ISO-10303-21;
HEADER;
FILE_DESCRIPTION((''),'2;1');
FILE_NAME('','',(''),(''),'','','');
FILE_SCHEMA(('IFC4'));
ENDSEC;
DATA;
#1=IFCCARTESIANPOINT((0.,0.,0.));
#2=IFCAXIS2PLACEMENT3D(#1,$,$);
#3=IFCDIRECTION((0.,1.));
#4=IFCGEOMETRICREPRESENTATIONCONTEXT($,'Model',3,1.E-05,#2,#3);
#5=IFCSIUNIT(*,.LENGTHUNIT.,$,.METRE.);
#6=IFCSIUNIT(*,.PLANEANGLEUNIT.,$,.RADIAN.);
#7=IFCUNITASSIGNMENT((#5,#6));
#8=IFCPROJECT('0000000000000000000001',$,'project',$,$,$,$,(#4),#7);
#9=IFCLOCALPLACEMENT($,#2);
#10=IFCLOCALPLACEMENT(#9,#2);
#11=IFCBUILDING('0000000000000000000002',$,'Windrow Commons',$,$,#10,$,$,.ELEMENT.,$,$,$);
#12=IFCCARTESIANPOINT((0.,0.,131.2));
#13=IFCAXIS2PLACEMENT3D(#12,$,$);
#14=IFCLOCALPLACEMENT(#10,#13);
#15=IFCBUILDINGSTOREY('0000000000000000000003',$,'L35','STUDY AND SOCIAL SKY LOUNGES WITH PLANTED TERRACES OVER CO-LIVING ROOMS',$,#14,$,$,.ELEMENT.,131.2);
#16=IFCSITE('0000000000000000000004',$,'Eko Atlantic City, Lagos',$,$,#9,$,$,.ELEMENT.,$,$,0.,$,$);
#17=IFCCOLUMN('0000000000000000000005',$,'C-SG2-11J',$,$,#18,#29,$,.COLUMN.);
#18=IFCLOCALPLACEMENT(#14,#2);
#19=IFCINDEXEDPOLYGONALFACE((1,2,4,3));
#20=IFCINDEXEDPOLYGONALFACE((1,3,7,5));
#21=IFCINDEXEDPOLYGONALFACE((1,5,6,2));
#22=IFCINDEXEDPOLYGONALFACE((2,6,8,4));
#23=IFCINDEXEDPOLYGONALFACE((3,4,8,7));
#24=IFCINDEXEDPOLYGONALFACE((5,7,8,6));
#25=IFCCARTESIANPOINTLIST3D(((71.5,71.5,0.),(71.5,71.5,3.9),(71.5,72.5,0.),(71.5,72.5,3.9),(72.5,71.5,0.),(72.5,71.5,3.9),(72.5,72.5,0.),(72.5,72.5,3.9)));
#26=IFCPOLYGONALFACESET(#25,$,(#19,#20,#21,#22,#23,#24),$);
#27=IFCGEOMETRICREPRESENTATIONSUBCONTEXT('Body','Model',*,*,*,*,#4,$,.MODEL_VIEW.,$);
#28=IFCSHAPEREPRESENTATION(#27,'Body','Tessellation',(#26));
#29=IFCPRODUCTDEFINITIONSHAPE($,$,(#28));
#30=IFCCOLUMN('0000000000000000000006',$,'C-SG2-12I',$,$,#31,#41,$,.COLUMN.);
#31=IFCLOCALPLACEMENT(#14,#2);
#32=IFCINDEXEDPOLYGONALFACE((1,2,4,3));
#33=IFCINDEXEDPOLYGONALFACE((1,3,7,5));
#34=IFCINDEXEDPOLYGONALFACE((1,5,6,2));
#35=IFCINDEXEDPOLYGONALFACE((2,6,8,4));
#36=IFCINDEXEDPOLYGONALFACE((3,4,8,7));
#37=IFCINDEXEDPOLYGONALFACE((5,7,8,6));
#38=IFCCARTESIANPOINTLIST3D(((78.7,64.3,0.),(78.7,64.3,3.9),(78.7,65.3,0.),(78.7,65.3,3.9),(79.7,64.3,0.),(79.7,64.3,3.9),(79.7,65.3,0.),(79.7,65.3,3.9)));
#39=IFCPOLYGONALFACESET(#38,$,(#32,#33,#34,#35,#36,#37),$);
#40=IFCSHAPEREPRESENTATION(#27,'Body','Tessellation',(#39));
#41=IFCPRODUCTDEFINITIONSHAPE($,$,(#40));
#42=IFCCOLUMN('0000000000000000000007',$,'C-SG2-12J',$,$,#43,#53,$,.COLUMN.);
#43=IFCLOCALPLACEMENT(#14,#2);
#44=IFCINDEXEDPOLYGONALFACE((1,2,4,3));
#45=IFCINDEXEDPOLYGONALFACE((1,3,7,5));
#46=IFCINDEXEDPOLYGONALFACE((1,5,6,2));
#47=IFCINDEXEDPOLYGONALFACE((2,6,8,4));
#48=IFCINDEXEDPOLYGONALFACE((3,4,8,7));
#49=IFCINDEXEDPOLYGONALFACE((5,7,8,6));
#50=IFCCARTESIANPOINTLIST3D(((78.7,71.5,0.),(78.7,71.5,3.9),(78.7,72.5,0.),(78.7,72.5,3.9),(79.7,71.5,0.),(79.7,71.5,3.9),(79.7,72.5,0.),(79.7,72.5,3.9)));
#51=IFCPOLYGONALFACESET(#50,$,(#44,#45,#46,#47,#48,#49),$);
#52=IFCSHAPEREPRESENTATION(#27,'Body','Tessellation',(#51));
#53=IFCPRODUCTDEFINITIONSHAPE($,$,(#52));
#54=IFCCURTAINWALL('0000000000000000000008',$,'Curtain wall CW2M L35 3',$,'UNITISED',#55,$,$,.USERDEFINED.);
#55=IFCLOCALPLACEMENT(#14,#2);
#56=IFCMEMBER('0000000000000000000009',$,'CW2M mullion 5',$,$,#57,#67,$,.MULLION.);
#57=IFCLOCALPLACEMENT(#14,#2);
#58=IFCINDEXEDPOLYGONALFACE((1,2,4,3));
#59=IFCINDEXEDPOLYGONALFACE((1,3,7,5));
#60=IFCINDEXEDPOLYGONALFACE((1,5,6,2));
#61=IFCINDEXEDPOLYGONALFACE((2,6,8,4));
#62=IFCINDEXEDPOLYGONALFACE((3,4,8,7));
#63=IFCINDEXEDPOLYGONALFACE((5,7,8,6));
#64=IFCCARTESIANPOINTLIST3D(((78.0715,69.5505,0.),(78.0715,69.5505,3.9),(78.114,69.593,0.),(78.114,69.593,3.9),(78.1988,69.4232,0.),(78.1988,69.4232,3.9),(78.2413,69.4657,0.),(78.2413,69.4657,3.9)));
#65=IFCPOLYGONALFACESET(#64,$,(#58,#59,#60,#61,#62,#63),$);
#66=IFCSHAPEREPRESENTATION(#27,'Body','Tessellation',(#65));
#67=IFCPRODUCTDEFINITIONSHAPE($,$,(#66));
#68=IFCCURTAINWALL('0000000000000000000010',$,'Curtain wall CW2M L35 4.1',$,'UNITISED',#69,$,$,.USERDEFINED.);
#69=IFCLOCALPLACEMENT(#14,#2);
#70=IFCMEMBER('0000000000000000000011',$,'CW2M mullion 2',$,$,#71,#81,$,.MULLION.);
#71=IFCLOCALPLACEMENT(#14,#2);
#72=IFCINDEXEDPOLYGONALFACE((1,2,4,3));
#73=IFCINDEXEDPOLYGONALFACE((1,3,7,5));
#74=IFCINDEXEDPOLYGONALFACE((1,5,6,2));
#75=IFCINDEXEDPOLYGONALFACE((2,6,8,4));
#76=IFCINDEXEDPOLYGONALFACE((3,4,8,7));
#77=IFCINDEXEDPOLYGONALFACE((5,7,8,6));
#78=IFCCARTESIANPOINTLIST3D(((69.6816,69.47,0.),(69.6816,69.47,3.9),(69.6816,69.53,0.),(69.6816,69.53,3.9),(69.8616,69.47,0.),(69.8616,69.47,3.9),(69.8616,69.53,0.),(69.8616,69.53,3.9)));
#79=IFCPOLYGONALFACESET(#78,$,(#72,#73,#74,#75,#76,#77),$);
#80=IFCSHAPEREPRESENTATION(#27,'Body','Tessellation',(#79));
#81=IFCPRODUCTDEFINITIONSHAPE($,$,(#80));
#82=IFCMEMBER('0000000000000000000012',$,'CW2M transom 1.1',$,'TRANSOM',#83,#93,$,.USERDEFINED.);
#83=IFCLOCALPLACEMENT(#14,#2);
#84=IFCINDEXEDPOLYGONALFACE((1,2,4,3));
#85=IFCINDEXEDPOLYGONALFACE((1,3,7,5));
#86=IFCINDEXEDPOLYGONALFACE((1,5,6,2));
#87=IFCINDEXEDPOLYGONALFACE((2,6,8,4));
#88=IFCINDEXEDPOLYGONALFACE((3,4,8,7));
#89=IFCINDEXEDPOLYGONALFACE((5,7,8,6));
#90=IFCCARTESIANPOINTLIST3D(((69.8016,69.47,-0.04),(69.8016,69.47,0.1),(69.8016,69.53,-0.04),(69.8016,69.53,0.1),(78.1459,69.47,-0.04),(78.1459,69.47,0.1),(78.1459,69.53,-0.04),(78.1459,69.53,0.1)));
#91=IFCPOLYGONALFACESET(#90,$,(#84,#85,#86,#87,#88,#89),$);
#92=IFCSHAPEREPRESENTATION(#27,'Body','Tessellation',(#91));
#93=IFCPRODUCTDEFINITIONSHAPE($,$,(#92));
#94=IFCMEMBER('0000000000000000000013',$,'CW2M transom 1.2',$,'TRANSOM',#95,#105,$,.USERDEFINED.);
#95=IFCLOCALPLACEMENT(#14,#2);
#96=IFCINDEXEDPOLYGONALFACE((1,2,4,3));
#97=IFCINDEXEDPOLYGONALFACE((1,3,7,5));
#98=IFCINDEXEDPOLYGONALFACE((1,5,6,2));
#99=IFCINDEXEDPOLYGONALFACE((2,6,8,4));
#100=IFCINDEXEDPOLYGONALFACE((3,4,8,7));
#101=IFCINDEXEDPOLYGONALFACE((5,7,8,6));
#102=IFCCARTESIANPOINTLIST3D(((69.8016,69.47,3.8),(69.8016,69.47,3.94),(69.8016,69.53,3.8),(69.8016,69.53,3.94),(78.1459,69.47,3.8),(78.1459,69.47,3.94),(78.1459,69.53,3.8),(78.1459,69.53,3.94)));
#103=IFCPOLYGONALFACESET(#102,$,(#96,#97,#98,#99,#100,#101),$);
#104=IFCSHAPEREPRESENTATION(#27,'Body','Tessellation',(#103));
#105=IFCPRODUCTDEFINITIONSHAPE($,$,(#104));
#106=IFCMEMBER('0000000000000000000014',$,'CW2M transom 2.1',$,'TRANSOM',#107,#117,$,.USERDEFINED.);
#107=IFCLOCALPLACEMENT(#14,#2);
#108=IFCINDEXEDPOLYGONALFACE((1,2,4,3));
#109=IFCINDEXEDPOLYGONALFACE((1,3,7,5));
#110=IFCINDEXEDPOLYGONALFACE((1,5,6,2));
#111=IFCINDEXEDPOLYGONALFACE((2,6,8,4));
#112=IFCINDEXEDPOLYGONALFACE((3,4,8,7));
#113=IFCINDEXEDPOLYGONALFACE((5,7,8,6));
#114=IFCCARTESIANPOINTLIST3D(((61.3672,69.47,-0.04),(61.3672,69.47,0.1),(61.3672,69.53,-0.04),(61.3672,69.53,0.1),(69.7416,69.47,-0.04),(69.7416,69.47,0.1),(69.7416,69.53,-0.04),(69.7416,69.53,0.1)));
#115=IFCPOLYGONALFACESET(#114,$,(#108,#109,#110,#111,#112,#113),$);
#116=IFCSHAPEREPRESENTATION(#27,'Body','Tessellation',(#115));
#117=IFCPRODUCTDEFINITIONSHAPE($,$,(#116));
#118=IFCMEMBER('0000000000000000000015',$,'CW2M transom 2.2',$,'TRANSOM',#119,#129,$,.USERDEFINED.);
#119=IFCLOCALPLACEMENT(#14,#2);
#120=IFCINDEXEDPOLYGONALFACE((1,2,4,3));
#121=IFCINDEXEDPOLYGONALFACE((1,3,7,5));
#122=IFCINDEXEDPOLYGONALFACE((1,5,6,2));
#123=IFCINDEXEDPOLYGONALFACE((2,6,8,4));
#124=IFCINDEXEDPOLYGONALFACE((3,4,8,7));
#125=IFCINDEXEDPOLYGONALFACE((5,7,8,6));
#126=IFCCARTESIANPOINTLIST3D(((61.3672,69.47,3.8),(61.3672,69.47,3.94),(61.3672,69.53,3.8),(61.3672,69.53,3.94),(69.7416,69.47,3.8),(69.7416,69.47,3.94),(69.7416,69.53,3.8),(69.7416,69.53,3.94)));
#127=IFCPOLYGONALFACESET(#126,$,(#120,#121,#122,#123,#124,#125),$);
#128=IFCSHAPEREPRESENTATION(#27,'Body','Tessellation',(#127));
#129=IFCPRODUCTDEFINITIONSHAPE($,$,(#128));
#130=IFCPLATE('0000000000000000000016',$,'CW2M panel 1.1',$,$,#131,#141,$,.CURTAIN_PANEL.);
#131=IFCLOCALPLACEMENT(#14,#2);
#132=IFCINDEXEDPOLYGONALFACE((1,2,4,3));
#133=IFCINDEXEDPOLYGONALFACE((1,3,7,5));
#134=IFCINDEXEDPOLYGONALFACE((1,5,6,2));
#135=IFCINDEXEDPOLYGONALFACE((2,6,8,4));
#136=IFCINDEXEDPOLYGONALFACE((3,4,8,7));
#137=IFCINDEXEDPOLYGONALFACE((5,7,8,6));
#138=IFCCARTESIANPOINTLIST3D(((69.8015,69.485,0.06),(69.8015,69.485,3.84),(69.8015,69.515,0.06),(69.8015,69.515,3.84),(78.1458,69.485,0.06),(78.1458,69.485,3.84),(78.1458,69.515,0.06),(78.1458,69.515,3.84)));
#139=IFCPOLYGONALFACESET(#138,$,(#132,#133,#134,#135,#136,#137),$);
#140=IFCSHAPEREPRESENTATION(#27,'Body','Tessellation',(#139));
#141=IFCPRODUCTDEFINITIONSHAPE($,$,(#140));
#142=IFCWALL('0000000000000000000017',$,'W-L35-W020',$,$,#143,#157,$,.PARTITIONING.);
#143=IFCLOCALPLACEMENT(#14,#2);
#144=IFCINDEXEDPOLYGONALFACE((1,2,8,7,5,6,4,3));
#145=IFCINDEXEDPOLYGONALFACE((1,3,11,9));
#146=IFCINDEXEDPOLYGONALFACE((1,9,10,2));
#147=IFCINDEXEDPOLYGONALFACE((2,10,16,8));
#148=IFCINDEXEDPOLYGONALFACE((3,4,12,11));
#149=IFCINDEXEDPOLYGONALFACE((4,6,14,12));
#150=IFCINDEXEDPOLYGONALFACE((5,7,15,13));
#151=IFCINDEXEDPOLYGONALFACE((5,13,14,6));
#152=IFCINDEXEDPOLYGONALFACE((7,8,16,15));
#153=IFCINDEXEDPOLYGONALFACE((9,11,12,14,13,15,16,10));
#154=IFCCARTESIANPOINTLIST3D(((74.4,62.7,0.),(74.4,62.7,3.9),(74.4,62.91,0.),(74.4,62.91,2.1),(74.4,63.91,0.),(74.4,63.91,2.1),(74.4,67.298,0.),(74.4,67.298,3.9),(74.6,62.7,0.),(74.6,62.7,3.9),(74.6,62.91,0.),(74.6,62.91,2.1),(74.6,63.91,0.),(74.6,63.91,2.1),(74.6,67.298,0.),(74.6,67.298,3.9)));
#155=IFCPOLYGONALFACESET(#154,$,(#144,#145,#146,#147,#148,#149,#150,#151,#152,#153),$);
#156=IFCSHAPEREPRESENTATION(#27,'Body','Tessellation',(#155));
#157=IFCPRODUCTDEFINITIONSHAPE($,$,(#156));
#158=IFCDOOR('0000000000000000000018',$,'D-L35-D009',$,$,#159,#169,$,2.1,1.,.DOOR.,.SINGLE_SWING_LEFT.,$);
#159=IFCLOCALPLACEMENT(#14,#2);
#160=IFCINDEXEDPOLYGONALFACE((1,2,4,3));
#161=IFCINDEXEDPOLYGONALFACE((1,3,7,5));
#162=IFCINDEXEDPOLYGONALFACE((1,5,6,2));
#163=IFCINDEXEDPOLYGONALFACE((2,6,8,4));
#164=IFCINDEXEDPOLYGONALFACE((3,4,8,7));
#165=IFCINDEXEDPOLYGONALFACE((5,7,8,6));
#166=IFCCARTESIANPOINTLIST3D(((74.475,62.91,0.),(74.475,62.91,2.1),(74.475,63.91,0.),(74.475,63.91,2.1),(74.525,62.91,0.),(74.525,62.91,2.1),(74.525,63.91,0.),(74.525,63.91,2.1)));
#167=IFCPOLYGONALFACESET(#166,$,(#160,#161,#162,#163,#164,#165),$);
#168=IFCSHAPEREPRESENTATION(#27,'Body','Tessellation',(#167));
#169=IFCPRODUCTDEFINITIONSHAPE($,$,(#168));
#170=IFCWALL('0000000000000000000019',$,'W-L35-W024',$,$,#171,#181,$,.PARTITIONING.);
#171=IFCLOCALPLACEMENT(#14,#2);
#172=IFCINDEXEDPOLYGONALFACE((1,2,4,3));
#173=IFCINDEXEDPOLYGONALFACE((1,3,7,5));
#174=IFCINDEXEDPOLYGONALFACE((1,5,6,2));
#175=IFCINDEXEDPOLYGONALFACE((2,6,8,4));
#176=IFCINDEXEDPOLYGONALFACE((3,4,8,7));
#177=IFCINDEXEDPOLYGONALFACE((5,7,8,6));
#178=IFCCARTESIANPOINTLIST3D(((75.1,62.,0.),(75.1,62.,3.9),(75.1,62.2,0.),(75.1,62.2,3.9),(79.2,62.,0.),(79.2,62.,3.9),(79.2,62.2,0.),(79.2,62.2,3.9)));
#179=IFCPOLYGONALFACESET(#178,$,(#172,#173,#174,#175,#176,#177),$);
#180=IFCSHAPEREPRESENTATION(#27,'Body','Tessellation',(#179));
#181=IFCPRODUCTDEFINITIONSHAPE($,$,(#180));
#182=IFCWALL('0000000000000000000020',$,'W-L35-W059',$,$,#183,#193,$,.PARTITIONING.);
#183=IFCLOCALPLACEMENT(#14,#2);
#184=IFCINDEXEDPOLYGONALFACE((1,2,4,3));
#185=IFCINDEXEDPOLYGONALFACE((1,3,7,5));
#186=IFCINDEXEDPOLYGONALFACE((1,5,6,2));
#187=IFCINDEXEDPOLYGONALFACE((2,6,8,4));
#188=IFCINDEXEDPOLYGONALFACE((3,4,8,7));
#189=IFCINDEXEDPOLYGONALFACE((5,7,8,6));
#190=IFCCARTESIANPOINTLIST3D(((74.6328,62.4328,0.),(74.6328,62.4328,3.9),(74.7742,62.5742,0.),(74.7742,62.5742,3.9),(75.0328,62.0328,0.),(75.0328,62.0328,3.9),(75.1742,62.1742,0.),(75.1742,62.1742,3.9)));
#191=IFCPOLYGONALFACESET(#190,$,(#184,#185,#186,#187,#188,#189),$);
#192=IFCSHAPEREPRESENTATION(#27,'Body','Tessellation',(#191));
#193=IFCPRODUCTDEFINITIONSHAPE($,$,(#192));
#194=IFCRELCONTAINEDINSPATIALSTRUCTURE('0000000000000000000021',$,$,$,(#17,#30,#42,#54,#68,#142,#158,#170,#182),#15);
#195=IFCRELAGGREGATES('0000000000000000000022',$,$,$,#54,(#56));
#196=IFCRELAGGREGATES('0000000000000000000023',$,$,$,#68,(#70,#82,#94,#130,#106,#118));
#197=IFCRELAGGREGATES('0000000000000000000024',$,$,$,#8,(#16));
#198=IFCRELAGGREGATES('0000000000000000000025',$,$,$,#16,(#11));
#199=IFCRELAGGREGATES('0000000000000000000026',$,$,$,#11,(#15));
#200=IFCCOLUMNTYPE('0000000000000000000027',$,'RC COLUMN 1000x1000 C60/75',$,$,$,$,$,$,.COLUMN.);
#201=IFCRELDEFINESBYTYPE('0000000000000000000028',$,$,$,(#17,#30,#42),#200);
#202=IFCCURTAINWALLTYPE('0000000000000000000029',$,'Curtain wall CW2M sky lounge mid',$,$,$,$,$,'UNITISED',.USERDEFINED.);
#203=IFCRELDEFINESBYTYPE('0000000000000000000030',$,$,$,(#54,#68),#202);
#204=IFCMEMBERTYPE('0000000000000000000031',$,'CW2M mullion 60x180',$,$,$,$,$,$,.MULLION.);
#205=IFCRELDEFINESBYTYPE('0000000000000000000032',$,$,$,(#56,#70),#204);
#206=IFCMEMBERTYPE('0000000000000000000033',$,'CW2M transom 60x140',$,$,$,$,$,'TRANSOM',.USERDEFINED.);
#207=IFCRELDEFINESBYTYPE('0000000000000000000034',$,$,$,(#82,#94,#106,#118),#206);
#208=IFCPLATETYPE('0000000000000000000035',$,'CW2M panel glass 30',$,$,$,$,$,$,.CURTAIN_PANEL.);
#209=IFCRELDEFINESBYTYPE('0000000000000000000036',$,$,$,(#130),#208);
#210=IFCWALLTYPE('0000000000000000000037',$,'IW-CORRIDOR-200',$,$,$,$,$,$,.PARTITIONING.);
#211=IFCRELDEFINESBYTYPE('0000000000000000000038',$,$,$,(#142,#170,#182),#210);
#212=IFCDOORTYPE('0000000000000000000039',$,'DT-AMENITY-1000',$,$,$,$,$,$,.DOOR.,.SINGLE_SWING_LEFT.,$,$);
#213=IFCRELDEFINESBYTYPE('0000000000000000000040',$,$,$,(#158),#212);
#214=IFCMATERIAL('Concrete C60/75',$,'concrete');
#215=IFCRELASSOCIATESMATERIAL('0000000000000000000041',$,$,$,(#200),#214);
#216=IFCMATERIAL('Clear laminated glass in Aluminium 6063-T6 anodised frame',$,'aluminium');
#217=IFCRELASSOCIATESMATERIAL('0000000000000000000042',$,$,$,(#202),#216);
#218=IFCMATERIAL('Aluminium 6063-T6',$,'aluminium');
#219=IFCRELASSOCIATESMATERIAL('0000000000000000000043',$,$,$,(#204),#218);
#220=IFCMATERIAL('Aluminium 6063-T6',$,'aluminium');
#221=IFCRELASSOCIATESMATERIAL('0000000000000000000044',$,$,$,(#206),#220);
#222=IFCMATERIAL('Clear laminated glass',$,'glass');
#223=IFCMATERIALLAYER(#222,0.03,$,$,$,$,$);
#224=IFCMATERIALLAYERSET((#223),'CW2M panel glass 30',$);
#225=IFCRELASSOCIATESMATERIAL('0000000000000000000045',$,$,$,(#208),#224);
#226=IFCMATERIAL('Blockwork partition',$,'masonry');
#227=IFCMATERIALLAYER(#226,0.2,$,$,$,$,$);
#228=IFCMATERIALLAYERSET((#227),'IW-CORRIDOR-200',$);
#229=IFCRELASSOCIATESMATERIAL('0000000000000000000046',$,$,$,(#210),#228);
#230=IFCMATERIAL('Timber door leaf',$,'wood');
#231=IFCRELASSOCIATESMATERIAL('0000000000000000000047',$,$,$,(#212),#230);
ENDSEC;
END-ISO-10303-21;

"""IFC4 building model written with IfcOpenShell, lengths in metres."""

from ifc_helpers import new_model, si_unit, direction, frame, frame_2d, origin, origin_2d, place, context, subcontext, project, spatial, rectangle, extrude, material, layer, layer_set, material_profile, profile_set, type_object, element, fill, aggregate, save


model = new_model("IFC4")

# Units and contexts
model_context = context("Model", 3, precision=1e-05, world=origin(), true_north=direction((0.0, 1.0)))
body_context = subcontext(model_context, "Body", "Model", "MODEL_VIEW")
ifc_project = project(units=[si_unit("LENGTHUNIT", "METRE"), si_unit("PLANEANGLEUNIT", "RADIAN")], contexts=[model_context])

# Site, building, storey
site_placement = place(None, origin())
site = spatial("IfcSite", under=ifc_project, at=site_placement, Name="Eko Atlantic City, Lagos", CompositionType="ELEMENT", RefElevation=0.0)
building_placement = place(site_placement, origin())
building = spatial("IfcBuilding", under=site, at=building_placement, Name="Windrow Commons", CompositionType="ELEMENT")
storey_placement = place(building_placement, frame((0.0, 0.0, 131.2)))
storey = spatial("IfcBuildingStorey", under=building, at=storey_placement, Name="L35", Description="STUDY AND SOCIAL SKY LOUNGES WITH PLANTED TERRACES OVER CO-LIVING ROOMS", CompositionType="ELEMENT", Elevation=131.2)

# Columns
ifc_material_1 = material(Name="Concrete C60/75", Category="concrete")
ifc_material_profile_1 = material_profile(ifc_material_1, rectangle(XDim=1.0, YDim=1.0, at=origin_2d()))
ifc_profile_set_1 = profile_set([ifc_material_profile_1], Name="Concrete C60/75")
column_type = type_object("IfcColumnType", Name="RC COLUMN 1000x1000 C60/75", PredefinedType="COLUMN", material=ifc_profile_set_1)
for number, where, z_axis, x_axis, name in (
    (1, (72.0, 72.0, 0.0), (0.0, 0.0, 1.0), (1.0, 0.0, 0.0), "C-SG2-11J"),
    (2, (79.2, 64.8, 0.0), (0.0, 0.0, 1.0), (1.0, 0.0, 0.0), "C-SG2-12I"),
    (3, (79.2, 72.0, 0.0), (0.0, 0.0, 1.0), (1.0, 0.0, 0.0), "C-SG2-12J"),
):
    element("IfcColumn", number, at=place(storey_placement, frame(where, z_axis=z_axis, x_axis=x_axis)), inside=storey, type_object=column_type, Name=name, PredefinedType="COLUMN", context=body_context, shape_type="SweptSolid", body=[
        extrude(rectangle(XDim=1.0, YDim=1.0, at=origin_2d()), origin(), (0.0, 0.0, 1.0), 3.9),
    ])

# Curtain wall, member
ifc_material_2 = material(Name="Clear laminated glass in Aluminium 6063-T6 anodised frame", Category="aluminium")
curtain_wall_type = type_object("IfcCurtainWallType", Name="Curtain wall CW2M sky lounge mid", ElementType="UNITISED", PredefinedType="USERDEFINED", material=ifc_material_2)
placement = place(storey_placement, origin())
curtain_wall_1 = element("IfcCurtainWall", 4, at=placement, inside=storey, type_object=curtain_wall_type, Name="Curtain wall CW2M L35 3", ObjectType="UNITISED", PredefinedType="USERDEFINED")
ifc_material_3 = material(Name="Aluminium 6063-T6", Category="aluminium")
ifc_material_profile_2 = material_profile(ifc_material_3, rectangle(XDim=0.06, YDim=0.18, at=origin_2d()))
ifc_profile_set_2 = profile_set([ifc_material_profile_2], Name="Aluminium 6063-T6")
member_type_1 = type_object("IfcMemberType", Name="CW2M mullion 60x180", PredefinedType="MULLION", material=ifc_profile_set_2)
member_1_placement = place(storey_placement, frame((78.1564, 69.5081, 0.0), z_axis=(0.0, 0.0, 1.0), x_axis=(-0.707107, -0.707107, 0.0)))
member_1 = element("IfcMember", 5, at=member_1_placement, type_object=member_type_1, Name="CW2M mullion 5", PredefinedType="MULLION", context=body_context, shape_type="SweptSolid", body=[
    extrude(rectangle(XDim=0.06, YDim=0.18, at=origin_2d()), origin(), (0.0, 0.0, 1.0), 3.9),
])
aggregate(curtain_wall_1, [member_1])

# Curtain wall, members, plate
curtain_wall_2 = element("IfcCurtainWall", 6, at=placement, inside=storey, type_object=curtain_wall_type, Name="Curtain wall CW2M L35 4.1", ObjectType="UNITISED", PredefinedType="USERDEFINED")
member_2_placement = place(storey_placement, frame((69.7716, 69.5, 0.0), z_axis=(0.0, 0.0, 1.0), x_axis=(0.0, -1.0, 0.0)))
member_2 = element("IfcMember", 7, at=member_2_placement, type_object=member_type_1, Name="CW2M mullion 2", PredefinedType="MULLION", context=body_context, shape_type="SweptSolid", body=[
    extrude(rectangle(XDim=0.06, YDim=0.18, at=origin_2d()), origin(), (0.0, 0.0, 1.0), 3.9),
])
ifc_material_4 = material(Name="Aluminium 6063-T6", Category="aluminium")
ifc_material_profile_3 = material_profile(ifc_material_4, rectangle(XDim=0.06, YDim=0.14, at=origin_2d()))
ifc_profile_set_3 = profile_set([ifc_material_profile_3], Name="Aluminium 6063-T6")
member_type_2 = type_object("IfcMemberType", Name="CW2M transom 60x140", ElementType="TRANSOM", PredefinedType="USERDEFINED", material=ifc_profile_set_3)
member_3_placement = place(storey_placement, frame((78.1459, 69.5, 0.03), z_axis=(-1.0, 0.0, 0.0), x_axis=(0.0, -1.0, 0.0)))
member_3 = element("IfcMember", 8, at=member_3_placement, type_object=member_type_2, Name="CW2M transom 1.1", ObjectType="TRANSOM", PredefinedType="USERDEFINED", context=body_context, shape_type="SweptSolid", body=[
    extrude(rectangle(XDim=0.06, YDim=0.14, at=origin_2d()), origin(), (0.0, 0.0, 1.0), 8.3443),
])
member_4_placement = place(storey_placement, frame((78.1459, 69.5, 3.87), z_axis=(-1.0, 0.0, 0.0), x_axis=(0.0, -1.0, 0.0)))
member_4 = element("IfcMember", 9, at=member_4_placement, type_object=member_type_2, Name="CW2M transom 1.2", ObjectType="TRANSOM", PredefinedType="USERDEFINED", context=body_context, shape_type="SweptSolid", body=[
    extrude(rectangle(XDim=0.06, YDim=0.14, at=origin_2d()), origin(), (0.0, 0.0, 1.0), 8.3443),
])
member_5_placement = place(storey_placement, frame((69.7416, 69.5, 0.03), z_axis=(-1.0, 0.0, 0.0), x_axis=(0.0, -1.0, 0.0)))
member_5 = element("IfcMember", 10, at=member_5_placement, type_object=member_type_2, Name="CW2M transom 2.1", ObjectType="TRANSOM", PredefinedType="USERDEFINED", context=body_context, shape_type="SweptSolid", body=[
    extrude(rectangle(XDim=0.06, YDim=0.14, at=origin_2d()), origin(), (0.0, 0.0, 1.0), 8.3744),
])
member_6_placement = place(storey_placement, frame((69.7416, 69.5, 3.87), z_axis=(-1.0, 0.0, 0.0), x_axis=(0.0, -1.0, 0.0)))
member_6 = element("IfcMember", 11, at=member_6_placement, type_object=member_type_2, Name="CW2M transom 2.2", ObjectType="TRANSOM", PredefinedType="USERDEFINED", context=body_context, shape_type="SweptSolid", body=[
    extrude(rectangle(XDim=0.06, YDim=0.14, at=origin_2d()), origin(), (0.0, 0.0, 1.0), 8.3744),
])
ifc_material_5 = material(Name="Clear laminated glass", Category="glass")
ifc_layer_1 = layer(ifc_material_5, 0.03)
ifc_layer_set_1 = layer_set([ifc_layer_1], Name="CW2M panel glass 30")
plate_type = type_object("IfcPlateType", Name="CW2M panel glass 30", PredefinedType="CURTAIN_PANEL", material=ifc_layer_set_1)
plate_placement = place(storey_placement, frame((73.9737, 69.5, 0.06), z_axis=(0.0, 0.0, 1.0), x_axis=(-1.0, 0.0, 0.0)))
plate = element("IfcPlate", 12, at=plate_placement, type_object=plate_type, Name="CW2M panel 1.1", PredefinedType="CURTAIN_PANEL", context=body_context, shape_type="SweptSolid", body=[
    extrude(rectangle(XDim=8.3443, YDim=0.03, at=origin_2d()), origin(), (0.0, 0.0, 1.0), 3.78),
])
aggregate(curtain_wall_2, [member_2, member_3, member_4, plate, member_5, member_6])

# Wall, opening, door
ifc_material_6 = material(Name="Blockwork partition", Category="masonry")
ifc_layer_2 = layer(ifc_material_6, 0.2)
ifc_layer_set_2 = layer_set([ifc_layer_2], Name="IW-CORRIDOR-200")
wall_type_1 = type_object("IfcWallType", Name="IW-CORRIDOR-200", PredefinedType="PARTITIONING", material=ifc_layer_set_2)
wall_1_placement = place(storey_placement, frame((74.5, 62.7, 0.0), z_axis=(0.0, 0.0, 1.0), x_axis=(0.0, 1.0, 0.0)))
wall_1 = element("IfcWall", 13, at=wall_1_placement, inside=storey, type_object=wall_type_1, Name="W-L35-W020", PredefinedType="PARTITIONING", context=body_context, shape_type="SweptSolid", body=[
    extrude(rectangle(XDim=4.598, YDim=0.2, at=frame_2d((2.299, 0.0))), origin(), (0.0, 0.0, 1.0), 3.9),
])
opening_placement = place(wall_1_placement, frame((0.21, 0.0, 0.0)))
opening = element("IfcOpeningElement", 14, at=opening_placement, cuts=wall_1, PredefinedType="OPENING", context=body_context, shape_type="SweptSolid", body=[
    extrude(rectangle(XDim=1.0, YDim=2.1, at=frame_2d((0.5, 1.05))), frame((0.0, 0.11, 0.0), z_axis=(0.0, -1.0, 0.0), x_axis=(1.0, 0.0, 0.0)), (0.0, 0.0, 1.0), 0.22),
])
ifc_material_7 = material(Name="Timber door leaf", Category="wood")
door_type = type_object("IfcDoorType", Name="DT-AMENITY-1000", OperationType="SINGLE_SWING_LEFT", PredefinedType="DOOR", material=ifc_material_7)
door_placement = place(opening_placement, origin())
door = element("IfcDoor", 15, at=door_placement, inside=storey, type_object=door_type, Name="D-L35-D009", OperationType="SINGLE_SWING_LEFT", OverallHeight=2.1, OverallWidth=1.0, PredefinedType="DOOR", context=body_context, shape_type="SweptSolid", body=[
    extrude(rectangle(XDim=1.0, YDim=2.1, at=frame_2d((0.5, 1.05))), frame((0.0, 0.025, 0.0), z_axis=(0.0, -1.0, 0.0), x_axis=(1.0, 0.0, 0.0)), (0.0, 0.0, 1.0), 0.05),
])
fill(opening, door)

# Walls
wall_2_placement = place(storey_placement, frame((75.1, 62.1, 0.0), z_axis=(0.0, 0.0, 1.0), x_axis=(1.0, 0.0, 0.0)))
element("IfcWall", 16, at=wall_2_placement, inside=storey, type_object=wall_type_1, Name="W-L35-W024", PredefinedType="PARTITIONING", context=body_context, shape_type="SweptSolid", body=[
    extrude(rectangle(XDim=4.1, YDim=0.2, at=frame_2d((2.05, 0.0))), origin(), (0.0, 0.0, 1.0), 3.9),
])
wall_3_placement = place(storey_placement, frame((74.7035, 62.5035, 0.0), z_axis=(0.0, 0.0, 1.0), x_axis=(0.707107, -0.707107, 0.0)))
element("IfcWall", 17, at=wall_3_placement, inside=storey, type_object=wall_type_1, Name="W-L35-W059", PredefinedType="PARTITIONING", context=body_context, shape_type="SweptSolid", body=[
    extrude(rectangle(XDim=0.5657, YDim=0.2, at=frame_2d((0.2828, 0.0))), origin(), (0.0, 0.0, 1.0), 3.9),
])

save(model, "model.ifc")
